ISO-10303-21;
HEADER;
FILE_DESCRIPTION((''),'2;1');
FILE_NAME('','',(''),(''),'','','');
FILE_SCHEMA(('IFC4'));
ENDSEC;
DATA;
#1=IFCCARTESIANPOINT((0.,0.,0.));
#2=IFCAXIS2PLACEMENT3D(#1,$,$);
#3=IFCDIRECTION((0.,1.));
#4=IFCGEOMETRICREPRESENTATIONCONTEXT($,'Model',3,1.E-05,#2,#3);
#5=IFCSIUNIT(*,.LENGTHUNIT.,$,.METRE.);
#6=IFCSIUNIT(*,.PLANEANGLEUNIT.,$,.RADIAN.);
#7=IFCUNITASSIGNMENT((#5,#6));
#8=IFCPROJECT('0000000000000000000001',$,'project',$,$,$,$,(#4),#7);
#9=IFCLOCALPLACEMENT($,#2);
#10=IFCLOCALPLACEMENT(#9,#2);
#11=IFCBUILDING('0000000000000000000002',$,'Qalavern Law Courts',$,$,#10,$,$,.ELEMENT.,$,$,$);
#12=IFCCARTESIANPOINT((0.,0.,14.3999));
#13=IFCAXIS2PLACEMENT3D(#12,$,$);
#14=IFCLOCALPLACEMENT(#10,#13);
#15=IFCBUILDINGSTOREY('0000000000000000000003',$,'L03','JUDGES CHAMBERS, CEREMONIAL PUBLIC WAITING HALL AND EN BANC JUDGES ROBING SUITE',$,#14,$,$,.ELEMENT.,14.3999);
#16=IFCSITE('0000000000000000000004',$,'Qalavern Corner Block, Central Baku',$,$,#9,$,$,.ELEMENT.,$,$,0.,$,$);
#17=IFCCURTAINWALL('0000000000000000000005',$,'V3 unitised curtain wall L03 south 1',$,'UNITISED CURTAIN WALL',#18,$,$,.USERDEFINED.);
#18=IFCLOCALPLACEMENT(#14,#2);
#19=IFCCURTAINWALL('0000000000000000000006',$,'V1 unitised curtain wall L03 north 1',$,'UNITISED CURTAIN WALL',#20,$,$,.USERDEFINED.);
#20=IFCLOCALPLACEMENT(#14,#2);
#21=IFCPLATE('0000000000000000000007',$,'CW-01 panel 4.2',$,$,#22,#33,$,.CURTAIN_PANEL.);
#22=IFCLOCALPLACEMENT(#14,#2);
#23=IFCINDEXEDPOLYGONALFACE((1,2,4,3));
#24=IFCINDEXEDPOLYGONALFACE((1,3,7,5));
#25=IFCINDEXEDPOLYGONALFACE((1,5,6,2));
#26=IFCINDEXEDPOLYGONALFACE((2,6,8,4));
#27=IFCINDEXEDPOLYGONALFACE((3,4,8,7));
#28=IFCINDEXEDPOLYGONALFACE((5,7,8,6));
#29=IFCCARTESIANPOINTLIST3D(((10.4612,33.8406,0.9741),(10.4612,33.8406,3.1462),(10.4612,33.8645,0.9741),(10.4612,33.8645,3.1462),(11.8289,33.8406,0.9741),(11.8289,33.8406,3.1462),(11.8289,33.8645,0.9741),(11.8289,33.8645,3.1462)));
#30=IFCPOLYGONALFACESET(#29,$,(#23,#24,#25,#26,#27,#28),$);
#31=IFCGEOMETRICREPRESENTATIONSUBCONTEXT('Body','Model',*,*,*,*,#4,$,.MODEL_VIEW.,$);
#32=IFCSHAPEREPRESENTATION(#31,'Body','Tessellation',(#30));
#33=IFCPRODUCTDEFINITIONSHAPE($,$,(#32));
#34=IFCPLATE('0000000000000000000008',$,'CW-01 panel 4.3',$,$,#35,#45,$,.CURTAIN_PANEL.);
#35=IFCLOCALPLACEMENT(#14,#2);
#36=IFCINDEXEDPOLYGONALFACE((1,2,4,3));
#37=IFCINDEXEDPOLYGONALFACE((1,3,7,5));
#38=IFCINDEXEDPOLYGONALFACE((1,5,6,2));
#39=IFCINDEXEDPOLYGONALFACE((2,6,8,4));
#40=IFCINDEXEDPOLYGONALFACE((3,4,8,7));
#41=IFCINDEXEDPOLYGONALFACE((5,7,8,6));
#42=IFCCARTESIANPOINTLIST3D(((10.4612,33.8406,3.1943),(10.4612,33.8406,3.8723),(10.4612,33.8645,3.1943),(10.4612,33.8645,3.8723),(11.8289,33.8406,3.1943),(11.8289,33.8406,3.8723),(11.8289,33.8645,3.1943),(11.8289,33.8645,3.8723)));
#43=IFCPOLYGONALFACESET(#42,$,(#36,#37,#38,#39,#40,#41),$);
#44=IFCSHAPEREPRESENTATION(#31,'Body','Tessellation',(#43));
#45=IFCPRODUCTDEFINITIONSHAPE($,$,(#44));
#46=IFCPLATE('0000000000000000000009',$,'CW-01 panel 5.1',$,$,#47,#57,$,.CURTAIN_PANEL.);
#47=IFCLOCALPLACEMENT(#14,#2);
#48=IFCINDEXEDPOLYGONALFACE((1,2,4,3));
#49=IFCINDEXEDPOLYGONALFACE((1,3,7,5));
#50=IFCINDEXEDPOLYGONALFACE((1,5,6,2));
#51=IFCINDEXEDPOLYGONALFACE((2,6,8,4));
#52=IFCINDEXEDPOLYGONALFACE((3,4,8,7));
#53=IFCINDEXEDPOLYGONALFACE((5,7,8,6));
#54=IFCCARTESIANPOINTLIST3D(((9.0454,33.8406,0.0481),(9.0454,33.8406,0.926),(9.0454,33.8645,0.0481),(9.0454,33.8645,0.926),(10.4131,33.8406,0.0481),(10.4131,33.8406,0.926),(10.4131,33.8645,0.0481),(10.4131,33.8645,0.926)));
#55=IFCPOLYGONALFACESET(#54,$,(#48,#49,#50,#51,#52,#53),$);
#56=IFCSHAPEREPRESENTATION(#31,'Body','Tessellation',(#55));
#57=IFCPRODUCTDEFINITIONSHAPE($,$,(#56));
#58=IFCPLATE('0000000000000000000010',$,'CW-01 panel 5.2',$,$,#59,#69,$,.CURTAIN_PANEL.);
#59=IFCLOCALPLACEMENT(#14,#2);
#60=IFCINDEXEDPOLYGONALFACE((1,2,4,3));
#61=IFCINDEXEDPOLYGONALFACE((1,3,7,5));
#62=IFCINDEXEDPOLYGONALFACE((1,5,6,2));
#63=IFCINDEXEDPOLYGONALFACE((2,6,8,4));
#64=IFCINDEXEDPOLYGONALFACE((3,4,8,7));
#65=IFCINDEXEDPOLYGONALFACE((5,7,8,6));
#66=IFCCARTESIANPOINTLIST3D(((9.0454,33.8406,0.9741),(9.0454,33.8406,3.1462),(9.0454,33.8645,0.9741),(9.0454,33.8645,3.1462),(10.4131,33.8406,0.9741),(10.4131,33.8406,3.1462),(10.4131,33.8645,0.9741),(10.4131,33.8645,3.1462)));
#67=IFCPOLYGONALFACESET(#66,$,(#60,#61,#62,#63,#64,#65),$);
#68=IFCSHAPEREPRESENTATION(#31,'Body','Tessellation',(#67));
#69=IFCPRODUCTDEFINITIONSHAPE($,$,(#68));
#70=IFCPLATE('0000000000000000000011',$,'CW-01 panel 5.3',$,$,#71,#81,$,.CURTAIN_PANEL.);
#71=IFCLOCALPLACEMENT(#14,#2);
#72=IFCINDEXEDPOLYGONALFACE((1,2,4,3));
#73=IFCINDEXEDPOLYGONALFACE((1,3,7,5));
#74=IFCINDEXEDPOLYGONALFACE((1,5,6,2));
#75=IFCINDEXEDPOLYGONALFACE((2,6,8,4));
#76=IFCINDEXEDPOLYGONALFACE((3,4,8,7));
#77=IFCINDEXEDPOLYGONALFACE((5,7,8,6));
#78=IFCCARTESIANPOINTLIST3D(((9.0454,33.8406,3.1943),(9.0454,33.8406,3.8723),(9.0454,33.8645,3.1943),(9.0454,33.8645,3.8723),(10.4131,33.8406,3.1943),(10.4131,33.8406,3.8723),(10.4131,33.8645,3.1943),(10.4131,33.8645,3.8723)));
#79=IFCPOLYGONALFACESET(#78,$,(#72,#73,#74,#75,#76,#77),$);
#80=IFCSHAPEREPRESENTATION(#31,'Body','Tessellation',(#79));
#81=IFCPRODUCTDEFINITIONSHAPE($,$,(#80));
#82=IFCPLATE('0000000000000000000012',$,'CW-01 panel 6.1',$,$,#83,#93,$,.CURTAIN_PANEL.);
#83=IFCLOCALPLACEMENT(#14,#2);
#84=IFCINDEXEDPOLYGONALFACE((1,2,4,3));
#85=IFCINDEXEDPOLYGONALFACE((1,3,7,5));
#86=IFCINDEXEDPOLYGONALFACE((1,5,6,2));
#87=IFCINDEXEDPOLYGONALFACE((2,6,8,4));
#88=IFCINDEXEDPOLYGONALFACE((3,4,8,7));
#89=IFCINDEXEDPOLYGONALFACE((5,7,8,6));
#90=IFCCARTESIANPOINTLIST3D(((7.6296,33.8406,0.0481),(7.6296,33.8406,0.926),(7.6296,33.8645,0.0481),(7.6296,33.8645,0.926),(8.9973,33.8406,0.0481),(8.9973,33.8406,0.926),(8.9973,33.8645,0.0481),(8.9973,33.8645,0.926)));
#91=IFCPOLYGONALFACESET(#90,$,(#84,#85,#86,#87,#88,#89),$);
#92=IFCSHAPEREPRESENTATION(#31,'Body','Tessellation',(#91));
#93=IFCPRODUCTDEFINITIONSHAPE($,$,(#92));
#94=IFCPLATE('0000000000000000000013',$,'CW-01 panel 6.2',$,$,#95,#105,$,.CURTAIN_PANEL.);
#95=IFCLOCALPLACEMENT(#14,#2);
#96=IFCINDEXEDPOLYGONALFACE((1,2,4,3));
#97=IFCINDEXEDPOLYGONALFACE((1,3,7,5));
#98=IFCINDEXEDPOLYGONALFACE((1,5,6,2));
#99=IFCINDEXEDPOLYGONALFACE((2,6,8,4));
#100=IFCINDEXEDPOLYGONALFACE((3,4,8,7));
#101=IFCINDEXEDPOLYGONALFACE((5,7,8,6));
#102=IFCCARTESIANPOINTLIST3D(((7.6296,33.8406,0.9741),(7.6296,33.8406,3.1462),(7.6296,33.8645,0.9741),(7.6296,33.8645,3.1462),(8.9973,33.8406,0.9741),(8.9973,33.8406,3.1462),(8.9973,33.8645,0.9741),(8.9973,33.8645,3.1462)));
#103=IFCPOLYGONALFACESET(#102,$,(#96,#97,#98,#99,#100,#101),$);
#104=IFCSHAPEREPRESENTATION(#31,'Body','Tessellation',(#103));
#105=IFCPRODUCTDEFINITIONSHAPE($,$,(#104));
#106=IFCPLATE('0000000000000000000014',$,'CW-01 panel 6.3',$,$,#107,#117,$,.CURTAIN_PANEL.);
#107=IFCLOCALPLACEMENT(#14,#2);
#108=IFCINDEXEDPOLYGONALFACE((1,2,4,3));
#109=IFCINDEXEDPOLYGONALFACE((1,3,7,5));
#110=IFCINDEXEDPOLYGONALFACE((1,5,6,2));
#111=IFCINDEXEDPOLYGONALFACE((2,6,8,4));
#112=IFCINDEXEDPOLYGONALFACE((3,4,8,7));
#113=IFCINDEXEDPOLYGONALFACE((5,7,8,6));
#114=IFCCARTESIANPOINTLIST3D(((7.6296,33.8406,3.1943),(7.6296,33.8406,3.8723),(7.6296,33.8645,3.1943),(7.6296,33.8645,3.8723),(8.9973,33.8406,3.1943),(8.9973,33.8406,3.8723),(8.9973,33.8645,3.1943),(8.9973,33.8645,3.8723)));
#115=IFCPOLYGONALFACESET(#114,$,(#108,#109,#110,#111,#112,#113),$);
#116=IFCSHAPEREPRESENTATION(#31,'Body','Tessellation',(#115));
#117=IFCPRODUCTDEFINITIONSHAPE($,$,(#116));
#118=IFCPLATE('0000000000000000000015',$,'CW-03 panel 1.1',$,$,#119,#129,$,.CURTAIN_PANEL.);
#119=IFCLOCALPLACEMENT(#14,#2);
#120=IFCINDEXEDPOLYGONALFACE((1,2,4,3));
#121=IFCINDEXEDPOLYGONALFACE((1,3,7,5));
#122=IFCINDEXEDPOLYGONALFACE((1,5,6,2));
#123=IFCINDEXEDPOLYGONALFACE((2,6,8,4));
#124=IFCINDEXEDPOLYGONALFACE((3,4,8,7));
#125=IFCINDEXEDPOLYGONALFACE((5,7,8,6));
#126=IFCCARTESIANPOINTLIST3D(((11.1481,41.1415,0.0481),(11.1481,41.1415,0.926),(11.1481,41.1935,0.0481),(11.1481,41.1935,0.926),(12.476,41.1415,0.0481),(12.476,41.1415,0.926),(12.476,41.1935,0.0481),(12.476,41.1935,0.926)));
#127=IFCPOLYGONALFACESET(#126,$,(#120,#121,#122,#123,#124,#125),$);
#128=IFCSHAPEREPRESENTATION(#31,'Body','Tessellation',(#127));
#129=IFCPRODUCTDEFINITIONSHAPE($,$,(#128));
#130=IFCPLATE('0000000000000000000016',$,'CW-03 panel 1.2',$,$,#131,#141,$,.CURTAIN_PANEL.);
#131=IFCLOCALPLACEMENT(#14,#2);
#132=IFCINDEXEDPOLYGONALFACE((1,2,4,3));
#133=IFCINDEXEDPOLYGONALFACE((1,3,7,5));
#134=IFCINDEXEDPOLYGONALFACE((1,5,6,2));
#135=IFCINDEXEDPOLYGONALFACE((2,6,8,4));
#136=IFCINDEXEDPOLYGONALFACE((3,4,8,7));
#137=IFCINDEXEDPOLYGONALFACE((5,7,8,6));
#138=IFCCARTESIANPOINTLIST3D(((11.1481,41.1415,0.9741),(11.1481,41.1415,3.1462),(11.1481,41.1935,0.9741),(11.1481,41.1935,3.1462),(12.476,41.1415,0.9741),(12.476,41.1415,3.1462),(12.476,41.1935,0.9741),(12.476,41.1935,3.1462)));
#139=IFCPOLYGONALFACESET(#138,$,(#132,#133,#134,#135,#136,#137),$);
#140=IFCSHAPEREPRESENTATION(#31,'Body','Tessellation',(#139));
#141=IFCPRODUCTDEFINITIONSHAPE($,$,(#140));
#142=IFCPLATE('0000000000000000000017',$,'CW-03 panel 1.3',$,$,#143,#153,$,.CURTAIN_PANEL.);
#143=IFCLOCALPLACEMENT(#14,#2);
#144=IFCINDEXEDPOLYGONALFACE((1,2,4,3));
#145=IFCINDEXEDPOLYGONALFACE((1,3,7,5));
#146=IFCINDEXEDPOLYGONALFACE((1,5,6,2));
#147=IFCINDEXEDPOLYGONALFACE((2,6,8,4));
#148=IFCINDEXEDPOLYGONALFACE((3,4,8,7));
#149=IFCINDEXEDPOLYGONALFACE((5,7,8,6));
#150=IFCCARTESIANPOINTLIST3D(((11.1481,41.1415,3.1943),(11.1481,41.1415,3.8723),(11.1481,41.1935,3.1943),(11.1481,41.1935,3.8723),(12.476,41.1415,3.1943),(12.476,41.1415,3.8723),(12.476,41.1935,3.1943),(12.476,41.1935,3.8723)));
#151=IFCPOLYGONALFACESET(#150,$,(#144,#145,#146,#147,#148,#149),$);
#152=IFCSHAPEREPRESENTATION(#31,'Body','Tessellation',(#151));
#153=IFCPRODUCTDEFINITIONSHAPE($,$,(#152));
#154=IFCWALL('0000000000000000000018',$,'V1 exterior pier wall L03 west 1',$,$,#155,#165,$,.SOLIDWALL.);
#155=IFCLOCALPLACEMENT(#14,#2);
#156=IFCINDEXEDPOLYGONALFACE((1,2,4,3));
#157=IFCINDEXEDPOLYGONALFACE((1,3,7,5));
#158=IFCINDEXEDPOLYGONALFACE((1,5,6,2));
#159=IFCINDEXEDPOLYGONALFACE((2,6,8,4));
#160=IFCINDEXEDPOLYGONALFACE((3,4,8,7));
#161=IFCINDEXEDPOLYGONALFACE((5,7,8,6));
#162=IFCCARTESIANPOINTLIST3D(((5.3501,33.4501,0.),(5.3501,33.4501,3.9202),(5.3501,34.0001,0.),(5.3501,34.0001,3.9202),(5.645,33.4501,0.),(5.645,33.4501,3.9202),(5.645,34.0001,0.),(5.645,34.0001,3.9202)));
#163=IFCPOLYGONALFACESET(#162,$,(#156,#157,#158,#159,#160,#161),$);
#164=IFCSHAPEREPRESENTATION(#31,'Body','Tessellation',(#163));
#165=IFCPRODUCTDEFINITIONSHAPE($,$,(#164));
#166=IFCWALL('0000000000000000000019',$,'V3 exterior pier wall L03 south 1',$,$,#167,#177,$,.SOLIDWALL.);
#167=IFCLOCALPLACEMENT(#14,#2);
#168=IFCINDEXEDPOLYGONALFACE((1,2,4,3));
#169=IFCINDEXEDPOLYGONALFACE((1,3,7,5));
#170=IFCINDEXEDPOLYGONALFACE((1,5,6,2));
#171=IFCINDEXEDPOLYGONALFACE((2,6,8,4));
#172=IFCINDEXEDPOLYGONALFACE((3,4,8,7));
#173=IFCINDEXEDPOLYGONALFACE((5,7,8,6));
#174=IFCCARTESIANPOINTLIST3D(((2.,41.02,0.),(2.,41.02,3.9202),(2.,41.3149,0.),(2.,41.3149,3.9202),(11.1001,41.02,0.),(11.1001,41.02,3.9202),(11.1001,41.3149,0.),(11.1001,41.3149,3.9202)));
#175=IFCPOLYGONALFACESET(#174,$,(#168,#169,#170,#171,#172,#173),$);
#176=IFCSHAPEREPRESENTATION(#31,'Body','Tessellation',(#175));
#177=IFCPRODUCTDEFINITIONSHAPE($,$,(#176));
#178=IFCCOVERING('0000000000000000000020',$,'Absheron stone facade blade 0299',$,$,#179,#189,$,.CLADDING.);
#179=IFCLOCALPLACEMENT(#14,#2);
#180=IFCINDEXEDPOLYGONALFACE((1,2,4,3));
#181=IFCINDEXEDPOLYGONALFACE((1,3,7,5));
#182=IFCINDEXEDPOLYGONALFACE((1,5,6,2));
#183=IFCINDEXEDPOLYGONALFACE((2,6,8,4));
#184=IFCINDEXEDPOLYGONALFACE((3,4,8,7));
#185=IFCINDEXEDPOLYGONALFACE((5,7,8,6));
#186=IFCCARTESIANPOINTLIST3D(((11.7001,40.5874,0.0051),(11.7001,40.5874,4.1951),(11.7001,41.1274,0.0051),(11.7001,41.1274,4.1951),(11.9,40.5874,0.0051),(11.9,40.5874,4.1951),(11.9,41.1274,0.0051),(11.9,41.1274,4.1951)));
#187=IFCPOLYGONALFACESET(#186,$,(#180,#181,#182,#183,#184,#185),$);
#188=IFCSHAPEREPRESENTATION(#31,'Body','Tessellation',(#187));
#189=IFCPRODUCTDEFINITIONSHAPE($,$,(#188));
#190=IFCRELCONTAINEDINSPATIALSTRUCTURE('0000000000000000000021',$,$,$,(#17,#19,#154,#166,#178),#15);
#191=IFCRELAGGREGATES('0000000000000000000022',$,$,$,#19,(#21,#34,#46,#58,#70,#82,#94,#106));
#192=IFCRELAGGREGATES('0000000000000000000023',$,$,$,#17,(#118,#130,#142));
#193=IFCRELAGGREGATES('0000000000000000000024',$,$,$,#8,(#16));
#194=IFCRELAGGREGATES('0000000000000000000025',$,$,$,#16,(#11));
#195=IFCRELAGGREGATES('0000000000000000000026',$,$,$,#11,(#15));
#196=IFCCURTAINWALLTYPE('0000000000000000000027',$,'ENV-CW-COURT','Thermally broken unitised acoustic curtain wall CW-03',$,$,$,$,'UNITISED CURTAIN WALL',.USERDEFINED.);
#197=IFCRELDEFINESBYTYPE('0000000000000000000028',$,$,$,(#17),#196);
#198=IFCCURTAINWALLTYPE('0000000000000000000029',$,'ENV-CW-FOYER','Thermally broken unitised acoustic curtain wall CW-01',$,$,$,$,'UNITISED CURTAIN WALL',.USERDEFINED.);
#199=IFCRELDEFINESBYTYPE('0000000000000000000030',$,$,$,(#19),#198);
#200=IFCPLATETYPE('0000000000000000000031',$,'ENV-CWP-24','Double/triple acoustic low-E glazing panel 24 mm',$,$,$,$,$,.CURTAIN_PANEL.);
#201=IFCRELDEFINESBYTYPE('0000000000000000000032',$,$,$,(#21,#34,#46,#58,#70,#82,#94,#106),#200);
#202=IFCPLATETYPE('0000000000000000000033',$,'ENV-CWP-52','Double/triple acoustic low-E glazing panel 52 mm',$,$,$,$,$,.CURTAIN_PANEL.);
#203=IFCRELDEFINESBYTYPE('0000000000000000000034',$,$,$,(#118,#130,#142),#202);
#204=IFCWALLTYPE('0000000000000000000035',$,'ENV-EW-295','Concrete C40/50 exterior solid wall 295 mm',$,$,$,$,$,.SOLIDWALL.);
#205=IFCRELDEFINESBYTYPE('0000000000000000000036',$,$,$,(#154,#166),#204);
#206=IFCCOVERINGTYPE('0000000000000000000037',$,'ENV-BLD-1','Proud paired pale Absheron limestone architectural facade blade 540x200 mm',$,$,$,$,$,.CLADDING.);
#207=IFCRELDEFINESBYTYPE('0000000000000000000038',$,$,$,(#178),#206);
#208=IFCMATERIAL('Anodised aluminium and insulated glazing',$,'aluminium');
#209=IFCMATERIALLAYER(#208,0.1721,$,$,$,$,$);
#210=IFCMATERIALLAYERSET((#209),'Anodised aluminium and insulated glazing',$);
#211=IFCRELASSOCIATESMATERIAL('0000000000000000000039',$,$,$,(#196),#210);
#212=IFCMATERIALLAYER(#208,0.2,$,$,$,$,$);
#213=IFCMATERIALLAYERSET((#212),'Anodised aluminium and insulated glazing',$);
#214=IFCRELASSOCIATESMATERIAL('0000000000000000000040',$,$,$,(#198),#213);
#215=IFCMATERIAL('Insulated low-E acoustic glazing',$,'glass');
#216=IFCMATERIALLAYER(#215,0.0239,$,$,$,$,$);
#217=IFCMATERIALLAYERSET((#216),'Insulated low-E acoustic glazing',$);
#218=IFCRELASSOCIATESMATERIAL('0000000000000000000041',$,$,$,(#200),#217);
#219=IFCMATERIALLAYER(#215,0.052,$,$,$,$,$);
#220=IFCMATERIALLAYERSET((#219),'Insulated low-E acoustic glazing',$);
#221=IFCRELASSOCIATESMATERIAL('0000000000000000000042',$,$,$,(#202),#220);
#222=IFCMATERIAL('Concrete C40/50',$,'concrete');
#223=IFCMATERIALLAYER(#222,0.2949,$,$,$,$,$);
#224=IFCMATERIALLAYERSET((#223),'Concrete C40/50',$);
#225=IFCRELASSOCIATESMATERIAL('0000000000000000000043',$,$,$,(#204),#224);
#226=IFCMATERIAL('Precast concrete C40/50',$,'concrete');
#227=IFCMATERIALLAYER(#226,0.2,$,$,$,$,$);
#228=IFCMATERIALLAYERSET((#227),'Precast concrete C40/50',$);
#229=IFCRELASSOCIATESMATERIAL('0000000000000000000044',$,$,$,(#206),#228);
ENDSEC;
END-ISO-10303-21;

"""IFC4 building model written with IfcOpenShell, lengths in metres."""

from ifc_helpers import new_model, si_unit, direction, frame, frame_2d, origin, origin_2d, place, context, subcontext, project, spatial, rectangle, extrude, material, layer, layer_set, type_object, element, aggregate, save


model = new_model("IFC4")

# Units and contexts
model_context = context("Model", 3, precision=1e-05, world=origin(), true_north=direction((0.0, 1.0)))
body_context = subcontext(model_context, "Body", "Model", "MODEL_VIEW")
ifc_project = project(units=[si_unit("LENGTHUNIT", "METRE"), si_unit("PLANEANGLEUNIT", "RADIAN")], contexts=[model_context])

# Site, building, storey
site_placement = place(None, origin())
site = spatial("IfcSite", under=ifc_project, at=site_placement, Name="Qalavern Corner Block, Central Baku", CompositionType="ELEMENT", RefElevation=0.0)
building_placement = place(site_placement, origin())
building = spatial("IfcBuilding", under=site, at=building_placement, Name="Qalavern Law Courts", CompositionType="ELEMENT")
storey_placement = place(building_placement, frame((0.0, 0.0, 14.3999)))
storey = spatial("IfcBuildingStorey", under=building, at=storey_placement, Name="L03", Description="JUDGES CHAMBERS, CEREMONIAL PUBLIC WAITING HALL AND EN BANC JUDGES ROBING SUITE", CompositionType="ELEMENT", Elevation=14.3999)

# Curtain wall
ifc_material_1 = material(Name="Anodised aluminium and insulated glazing", Category="aluminium")
ifc_layer_1 = layer(ifc_material_1, 0.1721)
ifc_layer_set_1 = layer_set([ifc_layer_1], Name="Anodised aluminium and insulated glazing")
curtain_wall_type_1 = type_object("IfcCurtainWallType", Name="ENV-CW-COURT", Description="Thermally broken unitised acoustic curtain wall CW-03", ElementType="UNITISED CURTAIN WALL", PredefinedType="USERDEFINED", material=ifc_layer_set_1)
curtain_wall_1_placement = place(storey_placement, origin())
curtain_wall_1 = element("IfcCurtainWall", 1, at=curtain_wall_1_placement, inside=storey, type_object=curtain_wall_type_1, Name="V3 unitised curtain wall L03 south 1", ObjectType="UNITISED CURTAIN WALL", PredefinedType="USERDEFINED")

# Curtain wall
ifc_layer_2 = layer(ifc_material_1, 0.2)
ifc_layer_set_2 = layer_set([ifc_layer_2], Name="Anodised aluminium and insulated glazing")
curtain_wall_type_2 = type_object("IfcCurtainWallType", Name="ENV-CW-FOYER", Description="Thermally broken unitised acoustic curtain wall CW-01", ElementType="UNITISED CURTAIN WALL", PredefinedType="USERDEFINED", material=ifc_layer_set_2)
curtain_wall_2_placement = place(storey_placement, origin())
curtain_wall_2 = element("IfcCurtainWall", 2, at=curtain_wall_2_placement, inside=storey, type_object=curtain_wall_type_2, Name="V1 unitised curtain wall L03 north 1", ObjectType="UNITISED CURTAIN WALL", PredefinedType="USERDEFINED")

# Plates
ifc_material_2 = material(Name="Insulated low-E acoustic glazing", Category="glass")
ifc_layer_3 = layer(ifc_material_2, 0.0239)
ifc_layer_set_3 = layer_set([ifc_layer_3], Name="Insulated low-E acoustic glazing")
plate_type_1 = type_object("IfcPlateType", Name="ENV-CWP-24", Description="Double/triple acoustic low-E glazing panel 24 mm", PredefinedType="CURTAIN_PANEL", material=ifc_layer_set_3)
plate_1_placement = place(storey_placement, frame((11.145, 33.8525, 0.9741), z_axis=(0.0, 0.0, 1.0), x_axis=(-1.0, 0.0, 0.0)))
plate_1 = element("IfcPlate", 3, at=plate_1_placement, type_object=plate_type_1, Name="CW-01 panel 4.2", PredefinedType="CURTAIN_PANEL", context=body_context, shape_type="SweptSolid", body=[
    extrude(rectangle(XDim=1.3677, YDim=0.0239, at=origin_2d()), origin(), (0.0, 0.0, 1.0), 2.1721),
])
plate_2_placement = place(storey_placement, frame((11.145, 33.8525, 3.1943), z_axis=(0.0, 0.0, 1.0), x_axis=(-1.0, 0.0, 0.0)))
plate_2 = element("IfcPlate", 4, at=plate_2_placement, type_object=plate_type_1, Name="CW-01 panel 4.3", PredefinedType="CURTAIN_PANEL", context=body_context, shape_type="SweptSolid", body=[
    extrude(rectangle(XDim=1.3677, YDim=0.0239, at=origin_2d()), origin(), (0.0, 0.0, 1.0), 0.678),
])
plate_3_placement = place(storey_placement, frame((9.7292, 33.8525, 0.0481), z_axis=(0.0, 0.0, 1.0), x_axis=(-1.0, 0.0, 0.0)))
plate_3 = element("IfcPlate", 5, at=plate_3_placement, type_object=plate_type_1, Name="CW-01 panel 5.1", PredefinedType="CURTAIN_PANEL", context=body_context, shape_type="SweptSolid", body=[
    extrude(rectangle(XDim=1.3677, YDim=0.0239, at=origin_2d()), origin(), (0.0, 0.0, 1.0), 0.8779),
])
plate_4_placement = place(storey_placement, frame((9.7292, 33.8525, 0.9741), z_axis=(0.0, 0.0, 1.0), x_axis=(-1.0, 0.0, 0.0)))
plate_4 = element("IfcPlate", 6, at=plate_4_placement, type_object=plate_type_1, Name="CW-01 panel 5.2", PredefinedType="CURTAIN_PANEL", context=body_context, shape_type="SweptSolid", body=[
    extrude(rectangle(XDim=1.3677, YDim=0.0239, at=origin_2d()), origin(), (0.0, 0.0, 1.0), 2.1721),
])
plate_5_placement = place(storey_placement, frame((9.7292, 33.8525, 3.1943), z_axis=(0.0, 0.0, 1.0), x_axis=(-1.0, 0.0, 0.0)))
plate_5 = element("IfcPlate", 7, at=plate_5_placement, type_object=plate_type_1, Name="CW-01 panel 5.3", PredefinedType="CURTAIN_PANEL", context=body_context, shape_type="SweptSolid", body=[
    extrude(rectangle(XDim=1.3677, YDim=0.0239, at=origin_2d()), origin(), (0.0, 0.0, 1.0), 0.678),
])
plate_6_placement = place(storey_placement, frame((8.3135, 33.8525, 0.0481), z_axis=(0.0, 0.0, 1.0), x_axis=(-1.0, 0.0, 0.0)))
plate_6 = element("IfcPlate", 8, at=plate_6_placement, type_object=plate_type_1, Name="CW-01 panel 6.1", PredefinedType="CURTAIN_PANEL", context=body_context, shape_type="SweptSolid", body=[
    extrude(rectangle(XDim=1.3677, YDim=0.0239, at=origin_2d()), origin(), (0.0, 0.0, 1.0), 0.8779),
])
plate_7_placement = place(storey_placement, frame((8.3135, 33.8525, 0.9741), z_axis=(0.0, 0.0, 1.0), x_axis=(-1.0, 0.0, 0.0)))
plate_7 = element("IfcPlate", 9, at=plate_7_placement, type_object=plate_type_1, Name="CW-01 panel 6.2", PredefinedType="CURTAIN_PANEL", context=body_context, shape_type="SweptSolid", body=[
    extrude(rectangle(XDim=1.3677, YDim=0.0239, at=origin_2d()), origin(), (0.0, 0.0, 1.0), 2.1721),
])
plate_8_placement = place(storey_placement, frame((8.3135, 33.8525, 3.1943), z_axis=(0.0, 0.0, 1.0), x_axis=(-1.0, 0.0, 0.0)))
plate_8 = element("IfcPlate", 10, at=plate_8_placement, type_object=plate_type_1, Name="CW-01 panel 6.3", PredefinedType="CURTAIN_PANEL", context=body_context, shape_type="SweptSolid", body=[
    extrude(rectangle(XDim=1.3677, YDim=0.0239, at=origin_2d()), origin(), (0.0, 0.0, 1.0), 0.678),
])
aggregate(curtain_wall_2, [plate_1, plate_2, plate_3, plate_4, plate_5, plate_6, plate_7, plate_8])
ifc_layer_4 = layer(ifc_material_2, 0.052)
ifc_layer_set_4 = layer_set([ifc_layer_4], Name="Insulated low-E acoustic glazing")
plate_type_2 = type_object("IfcPlateType", Name="ENV-CWP-52", Description="Double/triple acoustic low-E glazing panel 52 mm", PredefinedType="CURTAIN_PANEL", material=ifc_layer_set_4)
plate_9_placement = place(storey_placement, frame((11.812, 41.1675, 0.0481), z_axis=(0.0, 0.0, 1.0), x_axis=(1.0, 0.0, 0.0)))
plate_9 = element("IfcPlate", 11, at=plate_9_placement, type_object=plate_type_2, Name="CW-03 panel 1.1", PredefinedType="CURTAIN_PANEL", context=body_context, shape_type="SweptSolid", body=[
    extrude(rectangle(XDim=1.3279, YDim=0.052, at=origin_2d()), origin(), (0.0, 0.0, 1.0), 0.8779),
])
plate_10_placement = place(storey_placement, frame((11.812, 41.1675, 0.9741), z_axis=(0.0, 0.0, 1.0), x_axis=(1.0, 0.0, 0.0)))
plate_10 = element("IfcPlate", 12, at=plate_10_placement, type_object=plate_type_2, Name="CW-03 panel 1.2", PredefinedType="CURTAIN_PANEL", context=body_context, shape_type="SweptSolid", body=[
    extrude(rectangle(XDim=1.3279, YDim=0.052, at=origin_2d()), origin(), (0.0, 0.0, 1.0), 2.1721),
])
plate_11_placement = place(storey_placement, frame((11.812, 41.1675, 3.1943), z_axis=(0.0, 0.0, 1.0), x_axis=(1.0, 0.0, 0.0)))
plate_11 = element("IfcPlate", 13, at=plate_11_placement, type_object=plate_type_2, Name="CW-03 panel 1.3", PredefinedType="CURTAIN_PANEL", context=body_context, shape_type="SweptSolid", body=[
    extrude(rectangle(XDim=1.3279, YDim=0.052, at=origin_2d()), origin(), (0.0, 0.0, 1.0), 0.678),
])
aggregate(curtain_wall_1, [plate_9, plate_10, plate_11])

# Walls
ifc_material_3 = material(Name="Concrete C40/50", Category="concrete")
ifc_layer_5 = layer(ifc_material_3, 0.2949)
ifc_layer_set_5 = layer_set([ifc_layer_5], Name="Concrete C40/50")
wall_type = type_object("IfcWallType", Name="ENV-EW-295", Description="Concrete C40/50 exterior solid wall 295 mm", PredefinedType="SOLIDWALL", material=ifc_layer_set_5)
wall_1_placement = place(storey_placement, frame((5.4976, 34.0, 0.0), z_axis=(0.0, 0.0, 1.0), x_axis=(0.0, -1.0, 0.0)))
element("IfcWall", 14, at=wall_1_placement, inside=storey, type_object=wall_type, Name="V1 exterior pier wall L03 west 1", PredefinedType="SOLIDWALL", context=body_context, shape_type="SweptSolid", body=[
    extrude(rectangle(XDim=0.55, YDim=0.2949, at=frame_2d((0.2749, 0.0))), origin(), (0.0, 0.0, 1.0), 3.9202),
])
wall_2_placement = place(storey_placement, frame((2.0, 41.1675, 0.0), z_axis=(0.0, 0.0, 1.0), x_axis=(1.0, 0.0, 0.0)))
element("IfcWall", 15, at=wall_2_placement, inside=storey, type_object=wall_type, Name="V3 exterior pier wall L03 south 1", PredefinedType="SOLIDWALL", context=body_context, shape_type="SweptSolid", body=[
    extrude(rectangle(XDim=9.1001, YDim=0.2949, at=frame_2d((4.55, 0.0))), origin(), (0.0, 0.0, 1.0), 3.9202),
])

# Covering
ifc_material_4 = material(Name="Precast concrete C40/50", Category="concrete")
ifc_layer_6 = layer(ifc_material_4, 0.2)
ifc_layer_set_6 = layer_set([ifc_layer_6], Name="Precast concrete C40/50")
covering_type_1 = type_object("IfcCoveringType", Name="ENV-BLD-1", Description="Proud paired pale Absheron limestone architectural facade blade 540x200 mm", PredefinedType="CLADDING", material=ifc_layer_set_6)
covering_1_placement = place(storey_placement, frame((11.8, 40.8574, 0.0051), z_axis=(0.0, 0.0, 1.0), x_axis=(0.0, -1.0, 0.0)))
element("IfcCovering", 16, at=covering_1_placement, inside=storey, type_object=covering_type_1, Name="Absheron stone facade blade 0299", PredefinedType="CLADDING", context=body_context, shape_type="SweptSolid", body=[
    extrude(rectangle(XDim=0.54, YDim=0.2, at=origin_2d()), origin(), (0.0, 0.0, 1.0), 4.1899),
])

save(model, "model.ifc")
